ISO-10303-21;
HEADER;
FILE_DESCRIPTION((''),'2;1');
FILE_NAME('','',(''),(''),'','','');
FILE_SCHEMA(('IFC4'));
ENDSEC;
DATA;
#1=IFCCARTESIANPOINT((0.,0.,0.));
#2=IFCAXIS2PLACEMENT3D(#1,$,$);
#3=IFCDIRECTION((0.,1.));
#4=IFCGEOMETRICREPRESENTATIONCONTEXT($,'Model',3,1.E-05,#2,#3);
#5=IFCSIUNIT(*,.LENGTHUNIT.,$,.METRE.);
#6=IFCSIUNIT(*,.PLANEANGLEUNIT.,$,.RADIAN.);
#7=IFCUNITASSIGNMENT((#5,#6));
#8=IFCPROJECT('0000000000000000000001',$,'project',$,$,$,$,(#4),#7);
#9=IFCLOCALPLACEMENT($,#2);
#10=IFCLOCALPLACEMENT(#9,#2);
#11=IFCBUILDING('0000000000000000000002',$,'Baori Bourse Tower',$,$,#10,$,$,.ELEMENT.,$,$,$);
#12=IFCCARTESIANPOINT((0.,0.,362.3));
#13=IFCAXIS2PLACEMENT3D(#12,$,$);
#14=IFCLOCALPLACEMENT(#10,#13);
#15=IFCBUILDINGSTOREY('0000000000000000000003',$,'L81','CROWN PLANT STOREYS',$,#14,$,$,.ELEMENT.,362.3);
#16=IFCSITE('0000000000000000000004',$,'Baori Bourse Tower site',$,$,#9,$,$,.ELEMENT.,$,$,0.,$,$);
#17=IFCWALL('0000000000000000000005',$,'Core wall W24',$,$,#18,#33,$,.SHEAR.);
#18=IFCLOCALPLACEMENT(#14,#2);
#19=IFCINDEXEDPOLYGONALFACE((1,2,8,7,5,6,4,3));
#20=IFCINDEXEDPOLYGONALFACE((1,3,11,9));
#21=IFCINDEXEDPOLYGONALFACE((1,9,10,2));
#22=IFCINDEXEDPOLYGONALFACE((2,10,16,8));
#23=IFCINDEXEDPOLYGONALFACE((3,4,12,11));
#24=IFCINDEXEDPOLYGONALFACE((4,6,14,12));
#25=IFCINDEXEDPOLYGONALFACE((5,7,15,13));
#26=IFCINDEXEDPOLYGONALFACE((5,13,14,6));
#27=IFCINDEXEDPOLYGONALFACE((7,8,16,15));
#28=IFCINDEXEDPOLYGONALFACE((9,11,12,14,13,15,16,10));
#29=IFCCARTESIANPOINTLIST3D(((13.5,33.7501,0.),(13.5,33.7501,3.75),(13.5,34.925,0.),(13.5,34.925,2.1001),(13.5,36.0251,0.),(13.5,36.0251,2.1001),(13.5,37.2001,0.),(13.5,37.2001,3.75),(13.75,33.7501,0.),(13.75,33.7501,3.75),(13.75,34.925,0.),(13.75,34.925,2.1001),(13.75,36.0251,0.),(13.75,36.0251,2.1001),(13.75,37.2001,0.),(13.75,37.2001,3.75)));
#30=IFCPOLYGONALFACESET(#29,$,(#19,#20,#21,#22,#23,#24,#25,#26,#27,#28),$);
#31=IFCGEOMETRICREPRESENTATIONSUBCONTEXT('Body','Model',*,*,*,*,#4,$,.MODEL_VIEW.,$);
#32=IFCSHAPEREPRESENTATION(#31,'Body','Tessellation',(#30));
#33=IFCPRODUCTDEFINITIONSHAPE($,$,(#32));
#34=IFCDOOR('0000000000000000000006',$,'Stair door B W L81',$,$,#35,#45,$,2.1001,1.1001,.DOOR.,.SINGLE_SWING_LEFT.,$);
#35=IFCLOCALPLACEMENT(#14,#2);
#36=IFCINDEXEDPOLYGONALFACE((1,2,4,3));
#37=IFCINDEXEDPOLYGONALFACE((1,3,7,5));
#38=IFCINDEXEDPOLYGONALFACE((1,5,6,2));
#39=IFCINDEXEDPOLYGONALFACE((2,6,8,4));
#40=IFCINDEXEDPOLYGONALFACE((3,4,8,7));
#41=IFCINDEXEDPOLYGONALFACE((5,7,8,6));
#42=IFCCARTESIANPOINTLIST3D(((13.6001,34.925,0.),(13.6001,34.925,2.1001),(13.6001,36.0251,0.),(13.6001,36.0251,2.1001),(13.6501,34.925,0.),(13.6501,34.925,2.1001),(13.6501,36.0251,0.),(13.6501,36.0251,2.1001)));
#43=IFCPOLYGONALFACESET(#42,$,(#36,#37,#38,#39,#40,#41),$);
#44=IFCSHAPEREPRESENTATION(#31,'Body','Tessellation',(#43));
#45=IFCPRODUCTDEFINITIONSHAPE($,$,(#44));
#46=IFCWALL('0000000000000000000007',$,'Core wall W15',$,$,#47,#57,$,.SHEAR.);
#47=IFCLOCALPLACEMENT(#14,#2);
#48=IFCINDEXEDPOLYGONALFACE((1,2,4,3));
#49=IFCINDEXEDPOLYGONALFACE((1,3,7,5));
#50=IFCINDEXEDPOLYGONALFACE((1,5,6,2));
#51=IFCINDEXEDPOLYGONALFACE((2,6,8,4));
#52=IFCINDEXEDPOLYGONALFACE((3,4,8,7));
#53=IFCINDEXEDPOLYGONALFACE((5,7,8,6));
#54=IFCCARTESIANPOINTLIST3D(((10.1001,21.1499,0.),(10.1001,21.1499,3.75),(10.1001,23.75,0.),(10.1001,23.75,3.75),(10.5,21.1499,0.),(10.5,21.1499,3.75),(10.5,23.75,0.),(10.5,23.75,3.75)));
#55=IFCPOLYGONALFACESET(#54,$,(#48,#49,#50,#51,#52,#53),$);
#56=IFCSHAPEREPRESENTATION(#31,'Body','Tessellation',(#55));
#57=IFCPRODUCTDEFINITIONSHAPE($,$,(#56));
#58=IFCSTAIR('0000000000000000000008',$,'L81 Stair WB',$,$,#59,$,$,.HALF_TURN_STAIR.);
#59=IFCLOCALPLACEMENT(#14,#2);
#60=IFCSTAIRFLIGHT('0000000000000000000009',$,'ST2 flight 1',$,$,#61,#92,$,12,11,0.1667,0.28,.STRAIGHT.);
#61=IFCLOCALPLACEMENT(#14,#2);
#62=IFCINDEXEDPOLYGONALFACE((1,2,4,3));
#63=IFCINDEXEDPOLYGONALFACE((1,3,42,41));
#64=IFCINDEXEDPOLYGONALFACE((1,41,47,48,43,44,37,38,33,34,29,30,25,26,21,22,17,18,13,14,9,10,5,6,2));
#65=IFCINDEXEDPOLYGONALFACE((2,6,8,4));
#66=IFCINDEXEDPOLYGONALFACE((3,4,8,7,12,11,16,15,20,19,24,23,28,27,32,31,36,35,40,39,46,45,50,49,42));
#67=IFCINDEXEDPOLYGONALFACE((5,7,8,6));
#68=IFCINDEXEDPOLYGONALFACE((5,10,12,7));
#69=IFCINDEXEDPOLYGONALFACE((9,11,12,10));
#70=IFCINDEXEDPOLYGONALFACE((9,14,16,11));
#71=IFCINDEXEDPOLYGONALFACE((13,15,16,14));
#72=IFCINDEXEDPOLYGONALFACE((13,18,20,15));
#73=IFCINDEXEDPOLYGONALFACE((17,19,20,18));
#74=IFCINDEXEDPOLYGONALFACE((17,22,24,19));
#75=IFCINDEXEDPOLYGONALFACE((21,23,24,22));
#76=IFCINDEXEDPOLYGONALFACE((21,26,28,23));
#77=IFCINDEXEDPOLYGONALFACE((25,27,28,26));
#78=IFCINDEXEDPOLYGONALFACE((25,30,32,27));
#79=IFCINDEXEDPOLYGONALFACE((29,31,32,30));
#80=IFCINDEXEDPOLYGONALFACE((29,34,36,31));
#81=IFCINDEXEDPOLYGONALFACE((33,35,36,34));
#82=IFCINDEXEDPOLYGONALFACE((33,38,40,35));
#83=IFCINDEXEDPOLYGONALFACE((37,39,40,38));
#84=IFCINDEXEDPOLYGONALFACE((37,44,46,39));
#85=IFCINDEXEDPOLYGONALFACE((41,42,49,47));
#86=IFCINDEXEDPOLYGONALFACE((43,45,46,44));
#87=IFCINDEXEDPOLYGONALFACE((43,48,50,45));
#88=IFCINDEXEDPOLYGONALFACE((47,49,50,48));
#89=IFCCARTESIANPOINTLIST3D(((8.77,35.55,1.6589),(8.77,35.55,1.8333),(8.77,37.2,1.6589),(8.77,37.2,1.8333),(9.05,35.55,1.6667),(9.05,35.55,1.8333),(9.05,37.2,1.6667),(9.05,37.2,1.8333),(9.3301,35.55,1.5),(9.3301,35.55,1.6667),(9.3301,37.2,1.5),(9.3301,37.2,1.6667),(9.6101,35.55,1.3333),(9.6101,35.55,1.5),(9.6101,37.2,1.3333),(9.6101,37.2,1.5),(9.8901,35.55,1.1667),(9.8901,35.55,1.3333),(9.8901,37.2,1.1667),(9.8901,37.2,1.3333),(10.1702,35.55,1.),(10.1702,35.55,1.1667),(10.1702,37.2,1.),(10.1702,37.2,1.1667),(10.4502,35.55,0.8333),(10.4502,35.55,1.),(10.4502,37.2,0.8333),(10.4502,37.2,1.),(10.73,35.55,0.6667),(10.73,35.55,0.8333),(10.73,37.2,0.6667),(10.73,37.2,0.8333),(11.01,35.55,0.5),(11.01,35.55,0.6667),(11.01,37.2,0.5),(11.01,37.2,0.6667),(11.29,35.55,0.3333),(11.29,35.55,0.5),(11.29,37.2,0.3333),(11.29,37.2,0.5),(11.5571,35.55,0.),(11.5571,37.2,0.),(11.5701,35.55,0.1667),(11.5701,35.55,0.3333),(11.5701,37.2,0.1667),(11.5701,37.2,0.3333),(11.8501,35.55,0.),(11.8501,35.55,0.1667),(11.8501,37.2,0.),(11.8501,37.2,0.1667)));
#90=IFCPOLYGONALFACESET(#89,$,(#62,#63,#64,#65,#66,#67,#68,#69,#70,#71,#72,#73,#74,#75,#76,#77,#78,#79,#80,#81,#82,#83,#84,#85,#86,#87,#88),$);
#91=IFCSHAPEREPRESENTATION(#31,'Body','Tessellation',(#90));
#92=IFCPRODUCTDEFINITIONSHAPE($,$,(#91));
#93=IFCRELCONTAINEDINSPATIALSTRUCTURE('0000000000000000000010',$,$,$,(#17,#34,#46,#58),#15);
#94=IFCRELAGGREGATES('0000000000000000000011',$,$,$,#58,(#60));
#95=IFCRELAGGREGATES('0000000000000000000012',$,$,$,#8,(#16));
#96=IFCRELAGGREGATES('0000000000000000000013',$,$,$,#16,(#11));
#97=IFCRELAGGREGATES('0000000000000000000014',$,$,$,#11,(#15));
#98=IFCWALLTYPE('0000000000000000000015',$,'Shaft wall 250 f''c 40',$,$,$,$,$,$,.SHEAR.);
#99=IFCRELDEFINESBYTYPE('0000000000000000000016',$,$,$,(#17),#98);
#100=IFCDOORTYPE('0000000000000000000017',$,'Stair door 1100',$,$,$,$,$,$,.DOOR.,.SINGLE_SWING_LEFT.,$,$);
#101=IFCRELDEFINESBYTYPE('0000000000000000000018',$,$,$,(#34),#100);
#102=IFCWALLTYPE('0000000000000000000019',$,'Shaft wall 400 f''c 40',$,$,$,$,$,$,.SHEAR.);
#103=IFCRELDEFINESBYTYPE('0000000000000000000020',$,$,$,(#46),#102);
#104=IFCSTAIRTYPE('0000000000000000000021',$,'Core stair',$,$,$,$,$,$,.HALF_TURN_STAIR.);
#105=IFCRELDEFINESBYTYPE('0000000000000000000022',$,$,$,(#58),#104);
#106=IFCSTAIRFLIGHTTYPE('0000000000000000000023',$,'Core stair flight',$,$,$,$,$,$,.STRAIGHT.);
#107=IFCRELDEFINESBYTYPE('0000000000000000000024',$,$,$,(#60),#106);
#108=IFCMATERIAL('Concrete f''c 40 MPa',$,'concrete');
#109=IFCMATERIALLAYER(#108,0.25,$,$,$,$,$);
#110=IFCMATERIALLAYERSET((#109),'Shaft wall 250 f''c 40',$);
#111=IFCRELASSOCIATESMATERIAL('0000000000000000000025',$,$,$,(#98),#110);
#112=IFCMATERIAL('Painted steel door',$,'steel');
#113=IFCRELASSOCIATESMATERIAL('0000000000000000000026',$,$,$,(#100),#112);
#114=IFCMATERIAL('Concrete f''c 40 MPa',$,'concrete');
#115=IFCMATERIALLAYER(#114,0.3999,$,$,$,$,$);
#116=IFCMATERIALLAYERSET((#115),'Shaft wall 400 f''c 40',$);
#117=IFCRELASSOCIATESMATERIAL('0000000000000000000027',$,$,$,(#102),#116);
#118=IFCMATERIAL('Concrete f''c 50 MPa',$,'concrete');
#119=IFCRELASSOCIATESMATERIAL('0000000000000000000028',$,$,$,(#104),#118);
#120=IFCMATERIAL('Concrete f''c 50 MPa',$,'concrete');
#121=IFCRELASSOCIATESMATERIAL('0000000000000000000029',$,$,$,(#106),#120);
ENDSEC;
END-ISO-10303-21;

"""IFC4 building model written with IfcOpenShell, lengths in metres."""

from ifc_helpers import new_model, si_unit, direction, frame, frame_2d, origin, place, context, subcontext, project, spatial, polyline, rectangle, outline, extrude, material, layer, layer_set, type_object, element, fill, aggregate, save


model = new_model("IFC4")

# Units and contexts
model_context = context("Model", 3, precision=1e-05, world=origin(), true_north=direction((0.0, 1.0)))
body_context = subcontext(model_context, "Body", "Model", "MODEL_VIEW")
ifc_project = project(units=[si_unit("LENGTHUNIT", "METRE"), si_unit("PLANEANGLEUNIT", "RADIAN")], contexts=[model_context])

# Site, building, storey
site_placement = place(None, origin())
site = spatial("IfcSite", under=ifc_project, at=site_placement, Name="Baori Bourse Tower site", CompositionType="ELEMENT", RefElevation=0.0)
building_placement = place(site_placement, origin())
building = spatial("IfcBuilding", under=site, at=building_placement, Name="Baori Bourse Tower", CompositionType="ELEMENT")
storey_placement = place(building_placement, frame((0.0, 0.0, 362.3)))
storey = spatial("IfcBuildingStorey", under=building, at=storey_placement, Name="L81", Description="CROWN PLANT STOREYS", CompositionType="ELEMENT", Elevation=362.3)

# Wall, opening, door
ifc_material_1 = material(Name="Concrete f'c 40 MPa", Category="concrete")
ifc_layer_1 = layer(ifc_material_1, 0.25)
ifc_layer_set_1 = layer_set([ifc_layer_1], Name="Shaft wall 250 f'c 40")
wall_type_1 = type_object("IfcWallType", Name="Shaft wall 250 f'c 40", PredefinedType="SHEAR", material=ifc_layer_set_1)
wall_1_placement = place(storey_placement, frame((13.625, 33.75, 0.0), z_axis=(0.0, 0.0, 1.0), x_axis=(0.0, 1.0, 0.0)))
wall_1 = element("IfcWall", 1, at=wall_1_placement, inside=storey, type_object=wall_type_1, Name="Core wall W24", PredefinedType="SHEAR", context=body_context, shape_type="SweptSolid", body=[
    extrude(rectangle(XDim=3.45, YDim=0.25, at=frame_2d((1.7251, 0.0))), origin(), (0.0, 0.0, 1.0), 3.75),
])
opening_1_placement = place(wall_1_placement, frame((1.175, 0.0, 0.0)))
opening_1 = element("IfcOpeningElement", 2, at=opening_1_placement, cuts=wall_1, PredefinedType="OPENING", context=body_context, shape_type="SweptSolid", body=[
    extrude(rectangle(XDim=1.1001, YDim=2.1001, at=frame_2d((0.55, 1.05))), frame((0.0, 0.135, 0.0), z_axis=(0.0, -1.0, 0.0), x_axis=(1.0, 0.0, 0.0)), (0.0, 0.0, 1.0), 0.27),
])
ifc_material_2 = material(Name="Painted steel door", Category="steel")
door_type_1 = type_object("IfcDoorType", Name="Stair door 1100", OperationType="SINGLE_SWING_LEFT", PredefinedType="DOOR", material=ifc_material_2)
door_1_placement = place(opening_1_placement, origin())
door_1 = element("IfcDoor", 3, at=door_1_placement, inside=storey, type_object=door_type_1, Name="Stair door B W L81", OperationType="SINGLE_SWING_LEFT", OverallHeight=2.1001, OverallWidth=1.1001, PredefinedType="DOOR", context=body_context, shape_type="SweptSolid", body=[
    extrude(rectangle(XDim=1.1001, YDim=2.1001, at=frame_2d((0.55, 1.05))), frame((0.0, 0.0249, 0.0), z_axis=(0.0, -1.0, 0.0), x_axis=(1.0, 0.0, 0.0)), (0.0, 0.0, 1.0), 0.05),
])
fill(opening_1, door_1)

# Wall
ifc_material_3 = material(Name="Concrete f'c 40 MPa", Category="concrete")
ifc_layer_2 = layer(ifc_material_3, 0.3999)
ifc_layer_set_2 = layer_set([ifc_layer_2], Name="Shaft wall 400 f'c 40")
wall_type_2 = type_object("IfcWallType", Name="Shaft wall 400 f'c 40", PredefinedType="SHEAR", material=ifc_layer_set_2)
wall_2_placement = place(storey_placement, frame((10.3, 21.1499, 0.0), z_axis=(0.0, 0.0, 1.0), x_axis=(0.0, 1.0, 0.0)))
element("IfcWall", 4, at=wall_2_placement, inside=storey, type_object=wall_type_2, Name="Core wall W15", PredefinedType="SHEAR", context=body_context, shape_type="SweptSolid", body=[
    extrude(rectangle(XDim=2.6001, YDim=0.3999, at=frame_2d((1.3, 0.0))), origin(), (0.0, 0.0, 1.0), 3.75),
])

# Stair, stair flight
ifc_material_4 = material(Name="Concrete f'c 50 MPa", Category="concrete")
stair_type = type_object("IfcStairType", Name="Core stair", PredefinedType="HALF_TURN_STAIR", material=ifc_material_4)
stair_placement = place(storey_placement, origin())
stair = element("IfcStair", 5, at=stair_placement, inside=storey, type_object=stair_type, Name="L81 Stair WB", PredefinedType="HALF_TURN_STAIR")
ifc_material_5 = material(Name="Concrete f'c 50 MPa", Category="concrete")
stair_flight_type = type_object("IfcStairFlightType", Name="Core stair flight", PredefinedType="STRAIGHT", material=ifc_material_5)
stair_flight_placement = place(storey_placement, frame((11.8501, 36.375, 0.0), z_axis=(0.0, 0.0, 1.0), x_axis=(-1.0, 0.0, 0.0)))
stair_flight = element("IfcStairFlight", 6, at=stair_flight_placement, type_object=stair_flight_type, Name="ST2 flight 1", NumberOfRisers=12, NumberOfTreads=11, PredefinedType="STRAIGHT", RiserHeight=0.1667, TreadLength=0.28, context=body_context, shape_type="SweptSolid", body=[
    extrude(outline(polyline([(0.0, 0.0), (0.0, 0.1667), (0.28, 0.1667), (0.28, 0.3333), (0.5601, 0.3333), (0.5601, 0.5), (0.8401, 0.5), (0.8401, 0.6667), (1.1201, 0.6667), (1.1201, 0.8333), (1.3999, 0.8333), (1.3999, 1.0), (1.6799, 1.0), (1.6799, 1.1667), (1.96, 1.1667), (1.96, 1.3333), (2.24, 1.3333), (2.24, 1.5), (2.52, 1.5), (2.52, 1.6667), (2.8, 1.6667), (2.8, 1.8333), (3.0801, 1.8333), (3.0801, 2.0), (3.0801, 1.6589), (0.293, 0.0), (0.0, 0.0)])), frame((0.0, 0.825, 0.0), z_axis=(0.0, -1.0, 0.0), x_axis=(1.0, 0.0, 0.0)), (0.0, 0.0, 1.0), 1.6499),
])
aggregate(stair, [stair_flight])

save(model, "model.ifc")
